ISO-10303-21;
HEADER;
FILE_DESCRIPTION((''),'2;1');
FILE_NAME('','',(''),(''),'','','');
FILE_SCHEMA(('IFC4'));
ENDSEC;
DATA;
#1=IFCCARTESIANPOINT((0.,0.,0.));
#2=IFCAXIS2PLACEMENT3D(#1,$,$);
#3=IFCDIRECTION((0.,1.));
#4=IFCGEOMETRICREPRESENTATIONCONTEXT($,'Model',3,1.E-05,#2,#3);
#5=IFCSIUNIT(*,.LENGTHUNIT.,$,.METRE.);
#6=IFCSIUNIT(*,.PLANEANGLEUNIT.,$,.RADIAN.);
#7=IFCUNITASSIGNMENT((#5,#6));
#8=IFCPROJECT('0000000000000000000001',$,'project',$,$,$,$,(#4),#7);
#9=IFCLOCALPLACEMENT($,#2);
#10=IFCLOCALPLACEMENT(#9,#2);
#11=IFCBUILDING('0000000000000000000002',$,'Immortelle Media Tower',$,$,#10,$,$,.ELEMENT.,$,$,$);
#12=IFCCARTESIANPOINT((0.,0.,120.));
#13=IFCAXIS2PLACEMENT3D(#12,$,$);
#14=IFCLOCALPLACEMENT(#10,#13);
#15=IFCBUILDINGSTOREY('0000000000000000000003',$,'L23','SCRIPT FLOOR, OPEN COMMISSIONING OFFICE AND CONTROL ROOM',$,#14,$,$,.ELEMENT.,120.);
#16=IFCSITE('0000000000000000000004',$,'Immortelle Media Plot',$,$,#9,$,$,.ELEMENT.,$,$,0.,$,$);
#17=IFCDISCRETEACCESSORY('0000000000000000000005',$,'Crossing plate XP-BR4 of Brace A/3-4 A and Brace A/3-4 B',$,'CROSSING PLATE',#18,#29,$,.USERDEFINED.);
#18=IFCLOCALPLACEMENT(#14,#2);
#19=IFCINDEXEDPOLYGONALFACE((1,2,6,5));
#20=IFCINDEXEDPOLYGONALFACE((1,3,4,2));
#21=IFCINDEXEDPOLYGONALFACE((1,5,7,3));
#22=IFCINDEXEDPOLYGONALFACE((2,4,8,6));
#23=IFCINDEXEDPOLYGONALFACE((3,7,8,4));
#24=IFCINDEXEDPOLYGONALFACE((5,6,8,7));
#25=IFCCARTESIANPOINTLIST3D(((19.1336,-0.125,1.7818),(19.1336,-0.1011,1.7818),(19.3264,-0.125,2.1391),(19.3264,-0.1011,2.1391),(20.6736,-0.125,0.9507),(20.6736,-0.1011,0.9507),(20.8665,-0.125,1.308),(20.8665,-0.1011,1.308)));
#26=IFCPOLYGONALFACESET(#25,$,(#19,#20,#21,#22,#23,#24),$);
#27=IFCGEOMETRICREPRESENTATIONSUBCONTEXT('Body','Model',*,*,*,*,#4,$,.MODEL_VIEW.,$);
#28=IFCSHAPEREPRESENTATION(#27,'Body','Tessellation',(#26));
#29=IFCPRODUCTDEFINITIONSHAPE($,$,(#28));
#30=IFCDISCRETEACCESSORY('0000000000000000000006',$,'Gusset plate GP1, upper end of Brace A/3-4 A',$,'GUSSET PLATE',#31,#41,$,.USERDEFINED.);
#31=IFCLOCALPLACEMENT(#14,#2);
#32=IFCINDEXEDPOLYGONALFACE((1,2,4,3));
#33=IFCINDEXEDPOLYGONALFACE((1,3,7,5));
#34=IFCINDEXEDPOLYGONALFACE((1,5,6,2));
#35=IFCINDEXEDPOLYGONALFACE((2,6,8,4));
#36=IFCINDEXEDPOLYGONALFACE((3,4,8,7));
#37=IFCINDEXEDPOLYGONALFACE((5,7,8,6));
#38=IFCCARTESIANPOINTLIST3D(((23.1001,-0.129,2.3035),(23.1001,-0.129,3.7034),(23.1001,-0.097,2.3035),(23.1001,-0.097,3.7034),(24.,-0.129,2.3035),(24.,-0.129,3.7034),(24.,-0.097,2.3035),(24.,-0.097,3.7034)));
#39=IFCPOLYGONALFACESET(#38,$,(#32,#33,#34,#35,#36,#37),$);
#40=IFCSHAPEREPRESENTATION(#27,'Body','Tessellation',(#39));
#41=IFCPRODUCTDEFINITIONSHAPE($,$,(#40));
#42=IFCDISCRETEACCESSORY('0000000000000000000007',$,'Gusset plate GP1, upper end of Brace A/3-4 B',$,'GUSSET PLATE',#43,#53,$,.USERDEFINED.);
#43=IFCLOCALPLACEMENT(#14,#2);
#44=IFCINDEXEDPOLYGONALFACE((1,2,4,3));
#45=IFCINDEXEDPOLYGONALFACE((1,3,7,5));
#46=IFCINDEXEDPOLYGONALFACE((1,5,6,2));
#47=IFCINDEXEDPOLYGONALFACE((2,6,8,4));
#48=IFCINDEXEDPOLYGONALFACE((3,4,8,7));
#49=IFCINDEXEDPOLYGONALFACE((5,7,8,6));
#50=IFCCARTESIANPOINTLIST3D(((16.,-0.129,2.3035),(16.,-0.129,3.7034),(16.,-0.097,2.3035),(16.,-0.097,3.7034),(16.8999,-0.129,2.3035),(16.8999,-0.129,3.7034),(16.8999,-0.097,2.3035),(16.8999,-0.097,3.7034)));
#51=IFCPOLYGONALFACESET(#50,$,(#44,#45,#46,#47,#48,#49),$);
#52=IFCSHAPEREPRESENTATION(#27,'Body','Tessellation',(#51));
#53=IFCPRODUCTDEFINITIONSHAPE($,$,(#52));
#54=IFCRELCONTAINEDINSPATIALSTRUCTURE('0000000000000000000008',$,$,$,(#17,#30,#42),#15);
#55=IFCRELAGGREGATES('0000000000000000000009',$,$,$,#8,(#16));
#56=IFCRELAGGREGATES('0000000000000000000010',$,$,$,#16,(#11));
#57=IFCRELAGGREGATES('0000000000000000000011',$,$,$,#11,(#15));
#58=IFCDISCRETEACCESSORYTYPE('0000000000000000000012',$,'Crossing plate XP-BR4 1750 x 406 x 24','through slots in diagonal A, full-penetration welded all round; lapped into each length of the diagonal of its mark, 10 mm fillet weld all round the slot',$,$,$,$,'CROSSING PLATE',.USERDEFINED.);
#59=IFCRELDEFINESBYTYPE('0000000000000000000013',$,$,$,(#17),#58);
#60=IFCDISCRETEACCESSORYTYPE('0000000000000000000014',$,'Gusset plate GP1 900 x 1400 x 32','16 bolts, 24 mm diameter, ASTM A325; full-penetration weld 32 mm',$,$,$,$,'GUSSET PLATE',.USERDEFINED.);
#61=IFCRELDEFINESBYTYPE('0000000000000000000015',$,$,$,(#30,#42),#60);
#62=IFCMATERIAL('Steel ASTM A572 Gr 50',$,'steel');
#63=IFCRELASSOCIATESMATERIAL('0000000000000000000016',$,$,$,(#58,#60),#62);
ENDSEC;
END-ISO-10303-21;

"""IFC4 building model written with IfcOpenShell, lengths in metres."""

from ifc_helpers import new_model, si_unit, direction, frame, origin, origin_2d, place, context, subcontext, project, spatial, rectangle, extrude, material, material_profile, profile_set, type_object, element, save


model = new_model("IFC4")

# Units and contexts
model_context = context("Model", 3, precision=1e-05, world=origin(), true_north=direction((0.0, 1.0)))
body_context = subcontext(model_context, "Body", "Model", "MODEL_VIEW")
ifc_project = project(units=[si_unit("LENGTHUNIT", "METRE"), si_unit("PLANEANGLEUNIT", "RADIAN")], contexts=[model_context])

# Site, building, storey
site_placement = place(None, origin())
site = spatial("IfcSite", under=ifc_project, at=site_placement, Name="Immortelle Media Plot", CompositionType="ELEMENT", RefElevation=0.0)
building_placement = place(site_placement, origin())
building = spatial("IfcBuilding", under=site, at=building_placement, Name="Immortelle Media Tower", CompositionType="ELEMENT")
storey_placement = place(building_placement, frame((0.0, 0.0, 120.0)))
storey = spatial("IfcBuildingStorey", under=building, at=storey_placement, Name="L23", Description="SCRIPT FLOOR, OPEN COMMISSIONING OFFICE AND CONTROL ROOM", CompositionType="ELEMENT", Elevation=120.0)

# Discrete accessories
ifc_material_1 = material(Name="Steel ASTM A572 Gr 50", Category="steel")
ifc_material_profile_1 = material_profile(ifc_material_1, rectangle(XDim=0.0239, YDim=0.406, at=origin_2d()), Name="PL 24 x 406")
ifc_profile_set_1 = profile_set([ifc_material_profile_1], Name="Steel ASTM A572 Gr 50")
discrete_accessory_type_1 = type_object("IfcDiscreteAccessoryType", Name="Crossing plate XP-BR4 1750 x 406 x 24", Description="through slots in diagonal A, full-penetration welded all round; lapped into each length of the diagonal of its mark, 10 mm fillet weld all round the slot", ElementType="CROSSING PLATE", PredefinedType="USERDEFINED", material=ifc_profile_set_1)
discrete_accessory_placement = place(storey_placement, frame((19.23, -0.113, 1.9604), z_axis=(0.880041, 0.0, -0.474898), x_axis=(0.0, 1.0, 0.0)))
element("IfcDiscreteAccessory", 1, at=discrete_accessory_placement, inside=storey, type_object=discrete_accessory_type_1, Name="Crossing plate XP-BR4 of Brace A/3-4 A and Brace A/3-4 B", ObjectType="CROSSING PLATE", PredefinedType="USERDEFINED", context=body_context, shape_type="SweptSolid", body=[
    extrude(rectangle(XDim=0.0239, YDim=0.406, at=origin_2d()), origin(), (0.0, 0.0, 1.0), 1.75),
])
ifc_material_profile_2 = material_profile(ifc_material_1, rectangle(XDim=0.032, YDim=1.3999, at=origin_2d()), Name="PL 32 x 1400")
ifc_profile_set_2 = profile_set([ifc_material_profile_2], Name="Steel ASTM A572 Gr 50")
discrete_accessory_type_2 = type_object("IfcDiscreteAccessoryType", Name="Gusset plate GP1 900 x 1400 x 32", Description="16 bolts, 24 mm diameter, ASTM A325; full-penetration weld 32 mm", ElementType="GUSSET PLATE", PredefinedType="USERDEFINED", material=ifc_profile_set_2)
for number, where, z_axis, x_axis, name in (
    (2, (24.0, -0.113, 3.0034), (-1.0, 0.0, 0.0), (0.0, -1.0, 0.0), "Gusset plate GP1, upper end of Brace A/3-4 A"),
    (3, (16.0, -0.113, 3.0034), (1.0, 0.0, 0.0), (0.0, 1.0, 0.0), "Gusset plate GP1, upper end of Brace A/3-4 B"),
):
    element("IfcDiscreteAccessory", number, at=place(storey_placement, frame(where, z_axis=z_axis, x_axis=x_axis)), inside=storey, type_object=discrete_accessory_type_2, Name=name, ObjectType="GUSSET PLATE", PredefinedType="USERDEFINED", context=body_context, shape_type="SweptSolid", body=[
        extrude(rectangle(XDim=0.032, YDim=1.3999, at=origin_2d()), origin(), (0.0, 0.0, 1.0), 0.8999),
    ])

save(model, "model.ifc")
